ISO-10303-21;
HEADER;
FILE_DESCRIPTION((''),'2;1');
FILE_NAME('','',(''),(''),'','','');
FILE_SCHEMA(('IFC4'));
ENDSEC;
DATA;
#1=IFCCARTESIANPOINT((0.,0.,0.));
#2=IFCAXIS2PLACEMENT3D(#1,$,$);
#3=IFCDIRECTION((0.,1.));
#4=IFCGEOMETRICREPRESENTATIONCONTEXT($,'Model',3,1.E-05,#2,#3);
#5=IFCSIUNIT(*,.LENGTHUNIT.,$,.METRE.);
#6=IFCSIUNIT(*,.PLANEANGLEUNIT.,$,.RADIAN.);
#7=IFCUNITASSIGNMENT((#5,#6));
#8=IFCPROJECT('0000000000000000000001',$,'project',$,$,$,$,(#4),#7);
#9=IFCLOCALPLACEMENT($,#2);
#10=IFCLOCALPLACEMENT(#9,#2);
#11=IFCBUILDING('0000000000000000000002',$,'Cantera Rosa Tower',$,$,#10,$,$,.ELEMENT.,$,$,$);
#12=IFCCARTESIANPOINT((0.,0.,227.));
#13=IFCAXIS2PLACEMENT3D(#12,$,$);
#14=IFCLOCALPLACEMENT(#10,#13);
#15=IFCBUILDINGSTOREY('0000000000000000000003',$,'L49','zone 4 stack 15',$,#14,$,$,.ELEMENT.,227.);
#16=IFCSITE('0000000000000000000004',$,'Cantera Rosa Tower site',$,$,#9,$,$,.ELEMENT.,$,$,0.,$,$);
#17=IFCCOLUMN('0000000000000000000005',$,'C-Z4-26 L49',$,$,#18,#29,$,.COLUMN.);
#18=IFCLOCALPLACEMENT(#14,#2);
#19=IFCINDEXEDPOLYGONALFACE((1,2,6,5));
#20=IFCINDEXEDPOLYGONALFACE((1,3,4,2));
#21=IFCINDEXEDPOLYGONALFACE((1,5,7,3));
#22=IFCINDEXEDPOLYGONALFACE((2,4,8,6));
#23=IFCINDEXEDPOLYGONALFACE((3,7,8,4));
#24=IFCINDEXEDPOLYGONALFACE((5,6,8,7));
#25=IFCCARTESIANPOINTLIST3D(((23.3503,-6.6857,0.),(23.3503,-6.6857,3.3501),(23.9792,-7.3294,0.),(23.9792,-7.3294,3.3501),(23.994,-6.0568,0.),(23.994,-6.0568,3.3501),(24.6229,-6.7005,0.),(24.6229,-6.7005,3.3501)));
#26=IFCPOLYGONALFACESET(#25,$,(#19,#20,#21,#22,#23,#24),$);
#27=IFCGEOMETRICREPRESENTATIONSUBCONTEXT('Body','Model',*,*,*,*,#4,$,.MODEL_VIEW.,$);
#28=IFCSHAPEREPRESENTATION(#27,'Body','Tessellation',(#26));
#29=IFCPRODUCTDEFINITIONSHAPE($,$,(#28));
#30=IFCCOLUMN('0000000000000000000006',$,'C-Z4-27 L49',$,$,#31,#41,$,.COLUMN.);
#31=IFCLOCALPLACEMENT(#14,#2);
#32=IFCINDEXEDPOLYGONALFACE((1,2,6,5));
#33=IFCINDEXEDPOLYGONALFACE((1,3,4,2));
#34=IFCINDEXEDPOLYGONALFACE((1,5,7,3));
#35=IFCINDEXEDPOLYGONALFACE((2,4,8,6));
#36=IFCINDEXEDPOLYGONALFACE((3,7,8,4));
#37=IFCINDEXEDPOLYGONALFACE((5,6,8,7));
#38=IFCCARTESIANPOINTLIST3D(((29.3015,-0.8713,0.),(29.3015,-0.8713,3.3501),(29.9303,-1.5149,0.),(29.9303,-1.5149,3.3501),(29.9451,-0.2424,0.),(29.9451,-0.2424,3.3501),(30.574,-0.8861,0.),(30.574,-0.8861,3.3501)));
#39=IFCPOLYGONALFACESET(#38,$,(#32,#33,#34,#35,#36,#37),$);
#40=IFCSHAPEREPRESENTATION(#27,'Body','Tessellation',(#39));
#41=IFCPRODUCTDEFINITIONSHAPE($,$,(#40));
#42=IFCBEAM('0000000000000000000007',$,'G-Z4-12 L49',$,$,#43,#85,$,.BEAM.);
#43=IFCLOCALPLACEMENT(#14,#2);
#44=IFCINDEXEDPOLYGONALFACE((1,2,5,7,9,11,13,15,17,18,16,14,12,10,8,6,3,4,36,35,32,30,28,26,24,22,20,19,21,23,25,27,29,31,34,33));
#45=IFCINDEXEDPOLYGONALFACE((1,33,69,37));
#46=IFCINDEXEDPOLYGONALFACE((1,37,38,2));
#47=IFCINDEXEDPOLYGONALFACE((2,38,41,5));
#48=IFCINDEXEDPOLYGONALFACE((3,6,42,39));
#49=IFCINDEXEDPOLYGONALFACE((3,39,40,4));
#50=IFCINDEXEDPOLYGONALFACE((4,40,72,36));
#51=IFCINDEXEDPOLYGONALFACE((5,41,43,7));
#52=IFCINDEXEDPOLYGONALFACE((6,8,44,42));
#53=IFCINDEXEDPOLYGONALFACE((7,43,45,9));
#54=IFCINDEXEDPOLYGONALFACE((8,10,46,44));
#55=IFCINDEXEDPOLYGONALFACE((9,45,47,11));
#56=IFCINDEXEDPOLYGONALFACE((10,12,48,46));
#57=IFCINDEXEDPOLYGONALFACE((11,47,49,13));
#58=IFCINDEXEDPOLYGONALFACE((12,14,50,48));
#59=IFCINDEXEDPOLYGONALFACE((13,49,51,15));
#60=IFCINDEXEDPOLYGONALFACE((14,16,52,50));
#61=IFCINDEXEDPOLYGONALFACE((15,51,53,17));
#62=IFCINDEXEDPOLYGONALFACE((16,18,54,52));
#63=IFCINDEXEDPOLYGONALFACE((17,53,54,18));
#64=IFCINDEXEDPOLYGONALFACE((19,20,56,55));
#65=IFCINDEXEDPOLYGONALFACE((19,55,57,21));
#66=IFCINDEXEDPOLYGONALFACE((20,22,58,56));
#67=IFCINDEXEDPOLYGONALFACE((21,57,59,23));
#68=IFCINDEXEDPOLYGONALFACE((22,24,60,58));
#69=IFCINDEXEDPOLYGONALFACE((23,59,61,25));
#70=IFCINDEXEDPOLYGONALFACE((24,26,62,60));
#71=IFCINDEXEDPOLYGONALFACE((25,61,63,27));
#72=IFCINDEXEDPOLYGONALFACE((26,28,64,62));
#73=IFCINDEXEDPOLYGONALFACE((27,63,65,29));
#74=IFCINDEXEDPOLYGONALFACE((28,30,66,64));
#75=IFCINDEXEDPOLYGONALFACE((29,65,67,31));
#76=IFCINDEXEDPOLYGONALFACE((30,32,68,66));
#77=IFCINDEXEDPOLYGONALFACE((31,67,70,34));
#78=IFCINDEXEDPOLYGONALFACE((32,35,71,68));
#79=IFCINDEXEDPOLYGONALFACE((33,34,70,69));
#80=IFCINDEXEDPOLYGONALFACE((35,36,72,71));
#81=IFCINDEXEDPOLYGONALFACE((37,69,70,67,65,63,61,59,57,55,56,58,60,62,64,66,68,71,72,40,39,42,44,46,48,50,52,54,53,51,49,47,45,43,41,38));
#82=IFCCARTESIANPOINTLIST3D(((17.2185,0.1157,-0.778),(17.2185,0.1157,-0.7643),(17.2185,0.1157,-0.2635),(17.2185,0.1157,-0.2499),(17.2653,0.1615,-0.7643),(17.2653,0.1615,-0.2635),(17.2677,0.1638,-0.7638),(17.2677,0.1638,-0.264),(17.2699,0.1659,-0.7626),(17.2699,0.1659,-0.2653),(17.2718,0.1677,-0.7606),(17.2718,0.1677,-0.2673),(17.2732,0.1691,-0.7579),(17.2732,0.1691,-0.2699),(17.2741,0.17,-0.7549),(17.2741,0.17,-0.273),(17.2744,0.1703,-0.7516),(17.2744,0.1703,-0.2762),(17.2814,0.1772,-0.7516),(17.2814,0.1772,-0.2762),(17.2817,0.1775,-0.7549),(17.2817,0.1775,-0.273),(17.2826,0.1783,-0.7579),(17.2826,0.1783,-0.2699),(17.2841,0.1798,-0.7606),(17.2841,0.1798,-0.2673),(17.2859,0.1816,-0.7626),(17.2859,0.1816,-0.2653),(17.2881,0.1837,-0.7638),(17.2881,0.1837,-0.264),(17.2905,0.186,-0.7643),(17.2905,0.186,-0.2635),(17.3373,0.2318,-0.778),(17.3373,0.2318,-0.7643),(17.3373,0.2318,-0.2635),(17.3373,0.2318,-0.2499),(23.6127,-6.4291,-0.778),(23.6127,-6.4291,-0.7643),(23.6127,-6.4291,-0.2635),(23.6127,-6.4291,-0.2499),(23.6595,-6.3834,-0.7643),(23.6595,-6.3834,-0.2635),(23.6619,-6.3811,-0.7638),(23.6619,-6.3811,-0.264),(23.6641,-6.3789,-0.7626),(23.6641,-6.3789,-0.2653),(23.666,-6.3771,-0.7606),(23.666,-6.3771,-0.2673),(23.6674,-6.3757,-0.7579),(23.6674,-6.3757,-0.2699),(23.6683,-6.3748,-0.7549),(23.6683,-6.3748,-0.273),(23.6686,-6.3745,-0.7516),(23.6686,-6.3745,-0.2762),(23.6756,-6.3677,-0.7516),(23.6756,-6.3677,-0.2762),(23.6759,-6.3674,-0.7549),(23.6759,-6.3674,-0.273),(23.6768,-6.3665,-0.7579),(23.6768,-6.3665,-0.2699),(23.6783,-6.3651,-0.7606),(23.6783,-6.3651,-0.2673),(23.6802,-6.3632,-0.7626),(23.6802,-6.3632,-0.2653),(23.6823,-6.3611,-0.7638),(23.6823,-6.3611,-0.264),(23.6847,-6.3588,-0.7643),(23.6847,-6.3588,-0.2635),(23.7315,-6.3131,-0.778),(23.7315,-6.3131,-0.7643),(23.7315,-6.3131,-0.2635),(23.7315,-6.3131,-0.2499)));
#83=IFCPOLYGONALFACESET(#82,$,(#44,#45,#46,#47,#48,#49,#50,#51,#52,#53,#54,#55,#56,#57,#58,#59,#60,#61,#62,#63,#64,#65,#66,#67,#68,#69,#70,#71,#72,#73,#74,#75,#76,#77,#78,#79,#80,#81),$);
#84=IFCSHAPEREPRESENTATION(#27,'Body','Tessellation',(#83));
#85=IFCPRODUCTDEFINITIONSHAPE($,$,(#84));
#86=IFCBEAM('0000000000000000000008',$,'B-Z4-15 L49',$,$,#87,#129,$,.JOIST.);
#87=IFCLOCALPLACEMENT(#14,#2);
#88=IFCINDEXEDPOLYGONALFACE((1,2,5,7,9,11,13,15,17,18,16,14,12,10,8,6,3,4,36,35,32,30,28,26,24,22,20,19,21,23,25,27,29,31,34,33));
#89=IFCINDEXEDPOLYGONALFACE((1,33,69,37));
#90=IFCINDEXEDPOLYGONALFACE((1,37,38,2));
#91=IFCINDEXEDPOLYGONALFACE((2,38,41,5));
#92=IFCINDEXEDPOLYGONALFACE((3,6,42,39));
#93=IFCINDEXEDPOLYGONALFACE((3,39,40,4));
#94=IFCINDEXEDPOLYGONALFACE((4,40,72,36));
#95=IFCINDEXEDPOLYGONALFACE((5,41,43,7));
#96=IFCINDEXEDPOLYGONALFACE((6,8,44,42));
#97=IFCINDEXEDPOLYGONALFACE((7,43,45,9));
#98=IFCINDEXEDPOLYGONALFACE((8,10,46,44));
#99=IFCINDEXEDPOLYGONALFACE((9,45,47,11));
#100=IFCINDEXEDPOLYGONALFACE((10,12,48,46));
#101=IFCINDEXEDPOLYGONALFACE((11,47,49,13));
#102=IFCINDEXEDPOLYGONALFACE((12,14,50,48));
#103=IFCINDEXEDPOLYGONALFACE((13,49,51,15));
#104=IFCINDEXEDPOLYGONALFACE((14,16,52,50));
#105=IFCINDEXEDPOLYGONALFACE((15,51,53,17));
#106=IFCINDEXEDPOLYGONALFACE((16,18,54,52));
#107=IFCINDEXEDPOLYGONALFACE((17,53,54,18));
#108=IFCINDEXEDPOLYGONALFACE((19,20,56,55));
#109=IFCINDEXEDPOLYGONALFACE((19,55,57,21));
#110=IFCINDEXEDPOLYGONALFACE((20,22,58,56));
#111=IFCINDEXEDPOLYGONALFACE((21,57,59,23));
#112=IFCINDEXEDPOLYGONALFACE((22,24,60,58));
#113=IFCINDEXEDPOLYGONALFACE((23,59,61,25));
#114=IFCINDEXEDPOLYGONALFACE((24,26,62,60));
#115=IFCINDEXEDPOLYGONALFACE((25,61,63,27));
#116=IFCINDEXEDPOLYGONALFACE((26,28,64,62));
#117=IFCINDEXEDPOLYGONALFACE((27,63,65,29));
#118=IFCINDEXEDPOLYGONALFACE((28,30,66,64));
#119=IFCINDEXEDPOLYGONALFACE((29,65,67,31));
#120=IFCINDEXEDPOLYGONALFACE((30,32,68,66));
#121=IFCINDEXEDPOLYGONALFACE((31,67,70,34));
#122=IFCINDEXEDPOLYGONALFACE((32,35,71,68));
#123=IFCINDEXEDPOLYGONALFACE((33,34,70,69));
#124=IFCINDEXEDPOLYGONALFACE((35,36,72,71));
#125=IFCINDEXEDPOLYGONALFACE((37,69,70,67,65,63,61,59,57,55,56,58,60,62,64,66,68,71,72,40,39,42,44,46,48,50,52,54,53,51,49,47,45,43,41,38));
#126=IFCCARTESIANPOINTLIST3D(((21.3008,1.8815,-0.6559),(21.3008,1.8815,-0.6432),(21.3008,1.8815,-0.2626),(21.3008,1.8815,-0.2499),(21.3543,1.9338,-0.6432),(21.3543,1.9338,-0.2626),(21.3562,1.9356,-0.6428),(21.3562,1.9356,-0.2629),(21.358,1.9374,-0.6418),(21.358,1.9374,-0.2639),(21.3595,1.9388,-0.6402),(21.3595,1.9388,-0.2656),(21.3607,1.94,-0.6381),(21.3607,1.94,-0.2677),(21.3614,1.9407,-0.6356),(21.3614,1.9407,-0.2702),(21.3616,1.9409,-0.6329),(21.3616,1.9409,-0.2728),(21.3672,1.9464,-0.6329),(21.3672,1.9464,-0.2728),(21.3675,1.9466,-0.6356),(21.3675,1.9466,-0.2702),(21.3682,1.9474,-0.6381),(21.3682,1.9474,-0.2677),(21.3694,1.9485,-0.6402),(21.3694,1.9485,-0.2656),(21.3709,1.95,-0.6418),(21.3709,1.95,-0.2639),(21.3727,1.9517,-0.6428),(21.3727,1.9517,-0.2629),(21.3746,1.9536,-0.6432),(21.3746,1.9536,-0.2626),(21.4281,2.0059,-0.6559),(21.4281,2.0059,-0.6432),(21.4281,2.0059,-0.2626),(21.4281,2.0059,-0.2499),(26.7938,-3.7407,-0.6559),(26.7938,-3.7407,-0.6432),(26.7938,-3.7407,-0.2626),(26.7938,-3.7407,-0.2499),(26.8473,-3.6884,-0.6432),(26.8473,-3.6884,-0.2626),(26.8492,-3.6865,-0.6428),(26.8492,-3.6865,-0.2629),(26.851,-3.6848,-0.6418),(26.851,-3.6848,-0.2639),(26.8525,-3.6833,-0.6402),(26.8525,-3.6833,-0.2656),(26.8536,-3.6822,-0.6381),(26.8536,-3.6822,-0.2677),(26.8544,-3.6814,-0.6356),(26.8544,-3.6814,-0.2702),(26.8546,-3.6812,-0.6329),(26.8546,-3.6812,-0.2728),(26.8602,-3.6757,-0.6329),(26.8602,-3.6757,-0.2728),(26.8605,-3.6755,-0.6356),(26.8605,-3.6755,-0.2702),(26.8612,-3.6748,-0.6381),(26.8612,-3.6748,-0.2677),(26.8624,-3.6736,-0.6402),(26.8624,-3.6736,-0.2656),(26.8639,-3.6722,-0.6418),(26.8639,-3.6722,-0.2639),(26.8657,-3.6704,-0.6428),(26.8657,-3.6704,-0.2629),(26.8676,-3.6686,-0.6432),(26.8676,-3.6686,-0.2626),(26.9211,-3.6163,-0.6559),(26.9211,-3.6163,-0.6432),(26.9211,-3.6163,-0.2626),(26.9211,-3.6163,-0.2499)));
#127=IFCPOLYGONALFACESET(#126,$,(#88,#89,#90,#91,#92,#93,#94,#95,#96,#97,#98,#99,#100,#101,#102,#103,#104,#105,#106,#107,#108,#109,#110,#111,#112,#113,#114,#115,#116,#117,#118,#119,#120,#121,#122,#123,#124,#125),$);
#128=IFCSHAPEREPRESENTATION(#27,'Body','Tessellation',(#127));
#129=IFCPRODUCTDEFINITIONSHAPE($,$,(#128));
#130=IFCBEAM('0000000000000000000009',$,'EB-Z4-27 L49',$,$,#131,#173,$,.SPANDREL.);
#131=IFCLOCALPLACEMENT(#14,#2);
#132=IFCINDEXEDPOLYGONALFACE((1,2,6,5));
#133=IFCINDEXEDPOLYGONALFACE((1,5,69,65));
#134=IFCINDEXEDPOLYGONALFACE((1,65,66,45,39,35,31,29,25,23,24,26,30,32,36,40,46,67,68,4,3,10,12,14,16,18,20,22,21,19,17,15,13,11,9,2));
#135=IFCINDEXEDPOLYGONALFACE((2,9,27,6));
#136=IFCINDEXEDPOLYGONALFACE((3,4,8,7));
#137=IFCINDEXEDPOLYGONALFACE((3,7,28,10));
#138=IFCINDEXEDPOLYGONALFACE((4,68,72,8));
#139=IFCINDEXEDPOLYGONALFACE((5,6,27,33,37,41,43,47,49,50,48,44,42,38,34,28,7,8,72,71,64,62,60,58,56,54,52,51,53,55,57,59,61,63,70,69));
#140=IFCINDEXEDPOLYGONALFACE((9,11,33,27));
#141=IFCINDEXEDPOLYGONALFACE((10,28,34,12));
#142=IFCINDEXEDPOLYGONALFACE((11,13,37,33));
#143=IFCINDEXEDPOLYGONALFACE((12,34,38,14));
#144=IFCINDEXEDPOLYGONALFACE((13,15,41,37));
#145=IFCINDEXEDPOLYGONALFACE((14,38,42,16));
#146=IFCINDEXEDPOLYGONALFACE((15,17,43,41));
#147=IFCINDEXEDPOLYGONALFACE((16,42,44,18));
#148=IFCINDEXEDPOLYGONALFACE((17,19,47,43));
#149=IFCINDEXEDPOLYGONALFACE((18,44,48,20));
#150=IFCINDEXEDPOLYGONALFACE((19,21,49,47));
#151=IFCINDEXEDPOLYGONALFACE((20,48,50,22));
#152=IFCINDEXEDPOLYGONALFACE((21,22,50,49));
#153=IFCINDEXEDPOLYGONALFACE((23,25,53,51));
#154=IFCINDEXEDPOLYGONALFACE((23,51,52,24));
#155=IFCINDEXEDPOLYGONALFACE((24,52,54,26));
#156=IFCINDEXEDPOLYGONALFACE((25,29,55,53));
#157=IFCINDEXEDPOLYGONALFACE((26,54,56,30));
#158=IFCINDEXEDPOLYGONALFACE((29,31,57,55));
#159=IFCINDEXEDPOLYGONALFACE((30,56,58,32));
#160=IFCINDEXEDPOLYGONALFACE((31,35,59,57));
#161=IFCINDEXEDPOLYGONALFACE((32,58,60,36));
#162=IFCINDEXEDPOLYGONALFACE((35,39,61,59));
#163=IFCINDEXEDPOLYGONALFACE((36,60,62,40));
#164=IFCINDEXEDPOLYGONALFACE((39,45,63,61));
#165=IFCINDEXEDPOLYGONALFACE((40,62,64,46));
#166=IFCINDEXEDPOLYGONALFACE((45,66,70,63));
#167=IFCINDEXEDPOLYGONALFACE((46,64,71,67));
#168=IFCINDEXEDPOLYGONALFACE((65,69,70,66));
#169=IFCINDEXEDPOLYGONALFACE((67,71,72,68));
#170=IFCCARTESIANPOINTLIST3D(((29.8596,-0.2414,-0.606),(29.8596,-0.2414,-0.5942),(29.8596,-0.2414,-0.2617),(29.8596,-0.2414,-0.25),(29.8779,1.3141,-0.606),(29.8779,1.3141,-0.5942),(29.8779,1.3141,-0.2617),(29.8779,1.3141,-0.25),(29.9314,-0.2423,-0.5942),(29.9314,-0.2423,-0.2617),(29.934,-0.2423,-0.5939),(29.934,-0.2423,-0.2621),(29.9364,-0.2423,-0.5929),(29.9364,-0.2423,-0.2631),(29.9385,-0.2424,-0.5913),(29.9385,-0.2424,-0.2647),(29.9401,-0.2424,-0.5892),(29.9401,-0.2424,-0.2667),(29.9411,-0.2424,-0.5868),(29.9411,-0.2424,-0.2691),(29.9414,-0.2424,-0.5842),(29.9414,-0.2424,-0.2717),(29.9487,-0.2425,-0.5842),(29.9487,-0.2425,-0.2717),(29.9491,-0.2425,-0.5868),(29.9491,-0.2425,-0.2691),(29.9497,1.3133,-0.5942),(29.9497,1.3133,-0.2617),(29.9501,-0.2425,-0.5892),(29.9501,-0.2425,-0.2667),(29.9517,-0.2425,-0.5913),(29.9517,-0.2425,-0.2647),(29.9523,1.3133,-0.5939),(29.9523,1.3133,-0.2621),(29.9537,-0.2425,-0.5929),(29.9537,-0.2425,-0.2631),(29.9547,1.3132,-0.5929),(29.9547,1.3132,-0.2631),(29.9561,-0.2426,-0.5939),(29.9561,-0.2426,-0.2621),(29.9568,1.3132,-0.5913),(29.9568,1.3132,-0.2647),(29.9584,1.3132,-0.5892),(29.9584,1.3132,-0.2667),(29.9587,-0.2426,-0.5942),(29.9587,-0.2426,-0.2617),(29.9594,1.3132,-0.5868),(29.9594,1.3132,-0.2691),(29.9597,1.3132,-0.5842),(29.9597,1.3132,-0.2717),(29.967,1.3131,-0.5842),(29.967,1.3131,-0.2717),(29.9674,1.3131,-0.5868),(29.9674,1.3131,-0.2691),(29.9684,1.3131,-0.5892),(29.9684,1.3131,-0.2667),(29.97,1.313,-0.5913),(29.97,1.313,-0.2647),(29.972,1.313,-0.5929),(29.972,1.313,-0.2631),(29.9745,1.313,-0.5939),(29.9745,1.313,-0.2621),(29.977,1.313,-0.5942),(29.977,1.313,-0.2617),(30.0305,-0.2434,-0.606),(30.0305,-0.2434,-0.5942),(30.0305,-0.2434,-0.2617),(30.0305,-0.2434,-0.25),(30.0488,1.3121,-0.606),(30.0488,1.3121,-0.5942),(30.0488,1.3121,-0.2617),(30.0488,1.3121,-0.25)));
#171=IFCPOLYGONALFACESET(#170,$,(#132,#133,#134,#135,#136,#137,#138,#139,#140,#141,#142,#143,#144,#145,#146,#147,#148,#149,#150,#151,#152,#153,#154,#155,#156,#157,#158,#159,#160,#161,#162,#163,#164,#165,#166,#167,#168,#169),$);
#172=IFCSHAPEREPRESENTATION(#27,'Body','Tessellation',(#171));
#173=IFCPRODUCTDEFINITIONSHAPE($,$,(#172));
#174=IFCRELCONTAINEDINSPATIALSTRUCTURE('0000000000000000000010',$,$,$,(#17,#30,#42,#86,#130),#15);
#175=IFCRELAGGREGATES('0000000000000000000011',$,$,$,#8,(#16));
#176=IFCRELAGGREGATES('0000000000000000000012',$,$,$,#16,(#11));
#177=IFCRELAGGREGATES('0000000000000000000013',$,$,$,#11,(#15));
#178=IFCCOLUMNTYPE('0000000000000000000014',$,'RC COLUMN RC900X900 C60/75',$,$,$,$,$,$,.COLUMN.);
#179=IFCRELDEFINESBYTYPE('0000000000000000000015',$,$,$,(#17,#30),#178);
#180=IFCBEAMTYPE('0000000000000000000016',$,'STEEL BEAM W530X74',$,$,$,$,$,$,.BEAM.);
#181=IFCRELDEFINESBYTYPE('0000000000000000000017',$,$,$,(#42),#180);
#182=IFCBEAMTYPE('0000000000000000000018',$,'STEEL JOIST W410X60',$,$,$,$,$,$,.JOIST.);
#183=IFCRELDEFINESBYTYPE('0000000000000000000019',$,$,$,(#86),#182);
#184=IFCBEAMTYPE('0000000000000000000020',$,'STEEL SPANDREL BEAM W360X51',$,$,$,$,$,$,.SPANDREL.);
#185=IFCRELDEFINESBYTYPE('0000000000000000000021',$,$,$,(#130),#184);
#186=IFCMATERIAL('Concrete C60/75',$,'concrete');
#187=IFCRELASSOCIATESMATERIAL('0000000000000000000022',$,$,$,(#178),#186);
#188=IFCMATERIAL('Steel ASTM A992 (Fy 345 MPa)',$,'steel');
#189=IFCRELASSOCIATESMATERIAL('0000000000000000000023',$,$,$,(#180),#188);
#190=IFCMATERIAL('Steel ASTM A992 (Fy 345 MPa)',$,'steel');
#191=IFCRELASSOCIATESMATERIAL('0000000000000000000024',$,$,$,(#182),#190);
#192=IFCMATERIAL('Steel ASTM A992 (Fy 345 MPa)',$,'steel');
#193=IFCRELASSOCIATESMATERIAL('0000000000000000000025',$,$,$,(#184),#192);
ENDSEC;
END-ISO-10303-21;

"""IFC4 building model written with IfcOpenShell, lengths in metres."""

from ifc_helpers import new_model, si_unit, direction, frame, origin, origin_2d, place, context, subcontext, project, spatial, rectangle, i_section, extrude, material, material_profile, profile_set, type_object, element, save


model = new_model("IFC4")

# Units and contexts
model_context = context("Model", 3, precision=1e-05, world=origin(), true_north=direction((0.0, 1.0)))
body_context = subcontext(model_context, "Body", "Model", "MODEL_VIEW")
ifc_project = project(units=[si_unit("LENGTHUNIT", "METRE"), si_unit("PLANEANGLEUNIT", "RADIAN")], contexts=[model_context])

# Site, building, storey
site_placement = place(None, origin())
site = spatial("IfcSite", under=ifc_project, at=site_placement, Name="Cantera Rosa Tower site", CompositionType="ELEMENT", RefElevation=0.0)
building_placement = place(site_placement, origin())
building = spatial("IfcBuilding", under=site, at=building_placement, Name="Cantera Rosa Tower", CompositionType="ELEMENT")
storey_placement = place(building_placement, frame((0.0, 0.0, 227.0)))
storey = spatial("IfcBuildingStorey", under=building, at=storey_placement, Name="L49", Description="zone 4 stack 15", CompositionType="ELEMENT", Elevation=227.0)

# Columns
ifc_material_1 = material(Name="Concrete C60/75", Category="concrete")
ifc_material_profile_1 = material_profile(ifc_material_1, rectangle(XDim=0.8999, YDim=0.8999, at=origin_2d()), Name="RC COLUMN RC900X900 C60/75")
ifc_profile_set_1 = profile_set([ifc_material_profile_1], Name="Concrete C60/75")
column_type = type_object("IfcColumnType", Name="RC COLUMN RC900X900 C60/75", PredefinedType="COLUMN", material=ifc_profile_set_1)
for number, where, z_axis, x_axis, name in (
    (1, (23.9866, -6.6931, 0.0), (0.0, 0.0, 1.0), (0.715286, 0.698832, 0.0), "C-Z4-26 L49"),
    (2, (29.9377, -0.8787, 0.0), (0.0, 0.0, 1.0), (0.715286, 0.698832, 0.0), "C-Z4-27 L49"),
):
    element("IfcColumn", number, at=place(storey_placement, frame(where, z_axis=z_axis, x_axis=x_axis)), inside=storey, type_object=column_type, Name=name, PredefinedType="COLUMN", context=body_context, shape_type="SweptSolid", body=[
        extrude(rectangle(XDim=0.8999, YDim=0.8999, at=origin_2d()), origin(), (0.0, 0.0, 1.0), 3.3501),
    ])

# Beams
ifc_material_2 = material(Name="Steel ASTM A992 (Fy 345 MPa)", Category="steel")
ifc_material_profile_2 = material_profile(ifc_material_2, i_section(OverallWidth=0.166, OverallDepth=0.5281, WebThickness=0.0098, FlangeThickness=0.0137, FilletRadius=0.0127, at=origin_2d()), Name="W530X74")
ifc_profile_set_2 = profile_set([ifc_material_profile_2], Name="Steel ASTM A992 (Fy 345 MPa)")
beam_type_1 = type_object("IfcBeamType", Name="STEEL BEAM W530X74", PredefinedType="BEAM", material=ifc_profile_set_2)
beam_1_placement = place(storey_placement, frame((23.6721, -6.3711, -0.5139), z_axis=(-0.698827, 0.71529, 0.0), x_axis=(-0.71529, -0.698827, 0.0)))
element("IfcBeam", 3, at=beam_1_placement, inside=storey, type_object=beam_type_1, Name="G-Z4-12 L49", PredefinedType="BEAM", context=body_context, shape_type="SweptSolid", body=[
    extrude(i_section(OverallWidth=0.166, OverallDepth=0.5281, WebThickness=0.0098, FlangeThickness=0.0137, FilletRadius=0.0127, at=origin_2d()), origin(), (0.0, 0.0, 1.0), 9.1499),
])
ifc_material_3 = material(Name="Steel ASTM A992 (Fy 345 MPa)", Category="steel")
ifc_material_profile_3 = material_profile(ifc_material_3, i_section(OverallWidth=0.178, OverallDepth=0.406, WebThickness=0.0078, FlangeThickness=0.0127, FilletRadius=0.0103, at=origin_2d()), Name="W410X60")
ifc_profile_set_3 = profile_set([ifc_material_profile_3], Name="Steel ASTM A992 (Fy 345 MPa)")
beam_type_2 = type_object("IfcBeamType", Name="STEEL JOIST W410X60", PredefinedType="JOIST", material=ifc_profile_set_3)
beam_2_placement = place(storey_placement, frame((26.8574, -3.6785, -0.4529), z_axis=(-0.698843, 0.715275, 0.0), x_axis=(-0.715275, -0.698843, 0.0)))
element("IfcBeam", 4, at=beam_2_placement, inside=storey, type_object=beam_type_2, Name="B-Z4-15 L49", PredefinedType="JOIST", context=body_context, shape_type="SweptSolid", body=[
    extrude(i_section(OverallWidth=0.178, OverallDepth=0.406, WebThickness=0.0078, FlangeThickness=0.0127, FilletRadius=0.0103, at=origin_2d()), origin(), (0.0, 0.0, 1.0), 7.8601),
])
ifc_material_4 = material(Name="Steel ASTM A992 (Fy 345 MPa)", Category="steel")
ifc_material_profile_4 = material_profile(ifc_material_4, i_section(OverallWidth=0.1709, OverallDepth=0.356, WebThickness=0.0073, FlangeThickness=0.0117, FilletRadius=0.01, at=origin_2d()), Name="W360X51")
ifc_profile_set_4 = profile_set([ifc_material_profile_4], Name="Steel ASTM A992 (Fy 345 MPa)")
beam_type_3 = type_object("IfcBeamType", Name="STEEL SPANDREL BEAM W360X51", PredefinedType="SPANDREL", material=ifc_profile_set_4)
beam_3_placement = place(storey_placement, frame((29.9451, -0.2424, -0.428), z_axis=(0.011769, 0.999931, 0.0), x_axis=(-0.999931, 0.011769, 0.0)))
element("IfcBeam", 5, at=beam_3_placement, inside=storey, type_object=beam_type_3, Name="EB-Z4-27 L49", PredefinedType="SPANDREL", context=body_context, shape_type="SweptSolid", body=[
    extrude(i_section(OverallWidth=0.1709, OverallDepth=0.356, WebThickness=0.0073, FlangeThickness=0.0117, FilletRadius=0.01, at=origin_2d()), origin(), (0.0, 0.0, 1.0), 1.5557),
])

save(model, "model.ifc")
